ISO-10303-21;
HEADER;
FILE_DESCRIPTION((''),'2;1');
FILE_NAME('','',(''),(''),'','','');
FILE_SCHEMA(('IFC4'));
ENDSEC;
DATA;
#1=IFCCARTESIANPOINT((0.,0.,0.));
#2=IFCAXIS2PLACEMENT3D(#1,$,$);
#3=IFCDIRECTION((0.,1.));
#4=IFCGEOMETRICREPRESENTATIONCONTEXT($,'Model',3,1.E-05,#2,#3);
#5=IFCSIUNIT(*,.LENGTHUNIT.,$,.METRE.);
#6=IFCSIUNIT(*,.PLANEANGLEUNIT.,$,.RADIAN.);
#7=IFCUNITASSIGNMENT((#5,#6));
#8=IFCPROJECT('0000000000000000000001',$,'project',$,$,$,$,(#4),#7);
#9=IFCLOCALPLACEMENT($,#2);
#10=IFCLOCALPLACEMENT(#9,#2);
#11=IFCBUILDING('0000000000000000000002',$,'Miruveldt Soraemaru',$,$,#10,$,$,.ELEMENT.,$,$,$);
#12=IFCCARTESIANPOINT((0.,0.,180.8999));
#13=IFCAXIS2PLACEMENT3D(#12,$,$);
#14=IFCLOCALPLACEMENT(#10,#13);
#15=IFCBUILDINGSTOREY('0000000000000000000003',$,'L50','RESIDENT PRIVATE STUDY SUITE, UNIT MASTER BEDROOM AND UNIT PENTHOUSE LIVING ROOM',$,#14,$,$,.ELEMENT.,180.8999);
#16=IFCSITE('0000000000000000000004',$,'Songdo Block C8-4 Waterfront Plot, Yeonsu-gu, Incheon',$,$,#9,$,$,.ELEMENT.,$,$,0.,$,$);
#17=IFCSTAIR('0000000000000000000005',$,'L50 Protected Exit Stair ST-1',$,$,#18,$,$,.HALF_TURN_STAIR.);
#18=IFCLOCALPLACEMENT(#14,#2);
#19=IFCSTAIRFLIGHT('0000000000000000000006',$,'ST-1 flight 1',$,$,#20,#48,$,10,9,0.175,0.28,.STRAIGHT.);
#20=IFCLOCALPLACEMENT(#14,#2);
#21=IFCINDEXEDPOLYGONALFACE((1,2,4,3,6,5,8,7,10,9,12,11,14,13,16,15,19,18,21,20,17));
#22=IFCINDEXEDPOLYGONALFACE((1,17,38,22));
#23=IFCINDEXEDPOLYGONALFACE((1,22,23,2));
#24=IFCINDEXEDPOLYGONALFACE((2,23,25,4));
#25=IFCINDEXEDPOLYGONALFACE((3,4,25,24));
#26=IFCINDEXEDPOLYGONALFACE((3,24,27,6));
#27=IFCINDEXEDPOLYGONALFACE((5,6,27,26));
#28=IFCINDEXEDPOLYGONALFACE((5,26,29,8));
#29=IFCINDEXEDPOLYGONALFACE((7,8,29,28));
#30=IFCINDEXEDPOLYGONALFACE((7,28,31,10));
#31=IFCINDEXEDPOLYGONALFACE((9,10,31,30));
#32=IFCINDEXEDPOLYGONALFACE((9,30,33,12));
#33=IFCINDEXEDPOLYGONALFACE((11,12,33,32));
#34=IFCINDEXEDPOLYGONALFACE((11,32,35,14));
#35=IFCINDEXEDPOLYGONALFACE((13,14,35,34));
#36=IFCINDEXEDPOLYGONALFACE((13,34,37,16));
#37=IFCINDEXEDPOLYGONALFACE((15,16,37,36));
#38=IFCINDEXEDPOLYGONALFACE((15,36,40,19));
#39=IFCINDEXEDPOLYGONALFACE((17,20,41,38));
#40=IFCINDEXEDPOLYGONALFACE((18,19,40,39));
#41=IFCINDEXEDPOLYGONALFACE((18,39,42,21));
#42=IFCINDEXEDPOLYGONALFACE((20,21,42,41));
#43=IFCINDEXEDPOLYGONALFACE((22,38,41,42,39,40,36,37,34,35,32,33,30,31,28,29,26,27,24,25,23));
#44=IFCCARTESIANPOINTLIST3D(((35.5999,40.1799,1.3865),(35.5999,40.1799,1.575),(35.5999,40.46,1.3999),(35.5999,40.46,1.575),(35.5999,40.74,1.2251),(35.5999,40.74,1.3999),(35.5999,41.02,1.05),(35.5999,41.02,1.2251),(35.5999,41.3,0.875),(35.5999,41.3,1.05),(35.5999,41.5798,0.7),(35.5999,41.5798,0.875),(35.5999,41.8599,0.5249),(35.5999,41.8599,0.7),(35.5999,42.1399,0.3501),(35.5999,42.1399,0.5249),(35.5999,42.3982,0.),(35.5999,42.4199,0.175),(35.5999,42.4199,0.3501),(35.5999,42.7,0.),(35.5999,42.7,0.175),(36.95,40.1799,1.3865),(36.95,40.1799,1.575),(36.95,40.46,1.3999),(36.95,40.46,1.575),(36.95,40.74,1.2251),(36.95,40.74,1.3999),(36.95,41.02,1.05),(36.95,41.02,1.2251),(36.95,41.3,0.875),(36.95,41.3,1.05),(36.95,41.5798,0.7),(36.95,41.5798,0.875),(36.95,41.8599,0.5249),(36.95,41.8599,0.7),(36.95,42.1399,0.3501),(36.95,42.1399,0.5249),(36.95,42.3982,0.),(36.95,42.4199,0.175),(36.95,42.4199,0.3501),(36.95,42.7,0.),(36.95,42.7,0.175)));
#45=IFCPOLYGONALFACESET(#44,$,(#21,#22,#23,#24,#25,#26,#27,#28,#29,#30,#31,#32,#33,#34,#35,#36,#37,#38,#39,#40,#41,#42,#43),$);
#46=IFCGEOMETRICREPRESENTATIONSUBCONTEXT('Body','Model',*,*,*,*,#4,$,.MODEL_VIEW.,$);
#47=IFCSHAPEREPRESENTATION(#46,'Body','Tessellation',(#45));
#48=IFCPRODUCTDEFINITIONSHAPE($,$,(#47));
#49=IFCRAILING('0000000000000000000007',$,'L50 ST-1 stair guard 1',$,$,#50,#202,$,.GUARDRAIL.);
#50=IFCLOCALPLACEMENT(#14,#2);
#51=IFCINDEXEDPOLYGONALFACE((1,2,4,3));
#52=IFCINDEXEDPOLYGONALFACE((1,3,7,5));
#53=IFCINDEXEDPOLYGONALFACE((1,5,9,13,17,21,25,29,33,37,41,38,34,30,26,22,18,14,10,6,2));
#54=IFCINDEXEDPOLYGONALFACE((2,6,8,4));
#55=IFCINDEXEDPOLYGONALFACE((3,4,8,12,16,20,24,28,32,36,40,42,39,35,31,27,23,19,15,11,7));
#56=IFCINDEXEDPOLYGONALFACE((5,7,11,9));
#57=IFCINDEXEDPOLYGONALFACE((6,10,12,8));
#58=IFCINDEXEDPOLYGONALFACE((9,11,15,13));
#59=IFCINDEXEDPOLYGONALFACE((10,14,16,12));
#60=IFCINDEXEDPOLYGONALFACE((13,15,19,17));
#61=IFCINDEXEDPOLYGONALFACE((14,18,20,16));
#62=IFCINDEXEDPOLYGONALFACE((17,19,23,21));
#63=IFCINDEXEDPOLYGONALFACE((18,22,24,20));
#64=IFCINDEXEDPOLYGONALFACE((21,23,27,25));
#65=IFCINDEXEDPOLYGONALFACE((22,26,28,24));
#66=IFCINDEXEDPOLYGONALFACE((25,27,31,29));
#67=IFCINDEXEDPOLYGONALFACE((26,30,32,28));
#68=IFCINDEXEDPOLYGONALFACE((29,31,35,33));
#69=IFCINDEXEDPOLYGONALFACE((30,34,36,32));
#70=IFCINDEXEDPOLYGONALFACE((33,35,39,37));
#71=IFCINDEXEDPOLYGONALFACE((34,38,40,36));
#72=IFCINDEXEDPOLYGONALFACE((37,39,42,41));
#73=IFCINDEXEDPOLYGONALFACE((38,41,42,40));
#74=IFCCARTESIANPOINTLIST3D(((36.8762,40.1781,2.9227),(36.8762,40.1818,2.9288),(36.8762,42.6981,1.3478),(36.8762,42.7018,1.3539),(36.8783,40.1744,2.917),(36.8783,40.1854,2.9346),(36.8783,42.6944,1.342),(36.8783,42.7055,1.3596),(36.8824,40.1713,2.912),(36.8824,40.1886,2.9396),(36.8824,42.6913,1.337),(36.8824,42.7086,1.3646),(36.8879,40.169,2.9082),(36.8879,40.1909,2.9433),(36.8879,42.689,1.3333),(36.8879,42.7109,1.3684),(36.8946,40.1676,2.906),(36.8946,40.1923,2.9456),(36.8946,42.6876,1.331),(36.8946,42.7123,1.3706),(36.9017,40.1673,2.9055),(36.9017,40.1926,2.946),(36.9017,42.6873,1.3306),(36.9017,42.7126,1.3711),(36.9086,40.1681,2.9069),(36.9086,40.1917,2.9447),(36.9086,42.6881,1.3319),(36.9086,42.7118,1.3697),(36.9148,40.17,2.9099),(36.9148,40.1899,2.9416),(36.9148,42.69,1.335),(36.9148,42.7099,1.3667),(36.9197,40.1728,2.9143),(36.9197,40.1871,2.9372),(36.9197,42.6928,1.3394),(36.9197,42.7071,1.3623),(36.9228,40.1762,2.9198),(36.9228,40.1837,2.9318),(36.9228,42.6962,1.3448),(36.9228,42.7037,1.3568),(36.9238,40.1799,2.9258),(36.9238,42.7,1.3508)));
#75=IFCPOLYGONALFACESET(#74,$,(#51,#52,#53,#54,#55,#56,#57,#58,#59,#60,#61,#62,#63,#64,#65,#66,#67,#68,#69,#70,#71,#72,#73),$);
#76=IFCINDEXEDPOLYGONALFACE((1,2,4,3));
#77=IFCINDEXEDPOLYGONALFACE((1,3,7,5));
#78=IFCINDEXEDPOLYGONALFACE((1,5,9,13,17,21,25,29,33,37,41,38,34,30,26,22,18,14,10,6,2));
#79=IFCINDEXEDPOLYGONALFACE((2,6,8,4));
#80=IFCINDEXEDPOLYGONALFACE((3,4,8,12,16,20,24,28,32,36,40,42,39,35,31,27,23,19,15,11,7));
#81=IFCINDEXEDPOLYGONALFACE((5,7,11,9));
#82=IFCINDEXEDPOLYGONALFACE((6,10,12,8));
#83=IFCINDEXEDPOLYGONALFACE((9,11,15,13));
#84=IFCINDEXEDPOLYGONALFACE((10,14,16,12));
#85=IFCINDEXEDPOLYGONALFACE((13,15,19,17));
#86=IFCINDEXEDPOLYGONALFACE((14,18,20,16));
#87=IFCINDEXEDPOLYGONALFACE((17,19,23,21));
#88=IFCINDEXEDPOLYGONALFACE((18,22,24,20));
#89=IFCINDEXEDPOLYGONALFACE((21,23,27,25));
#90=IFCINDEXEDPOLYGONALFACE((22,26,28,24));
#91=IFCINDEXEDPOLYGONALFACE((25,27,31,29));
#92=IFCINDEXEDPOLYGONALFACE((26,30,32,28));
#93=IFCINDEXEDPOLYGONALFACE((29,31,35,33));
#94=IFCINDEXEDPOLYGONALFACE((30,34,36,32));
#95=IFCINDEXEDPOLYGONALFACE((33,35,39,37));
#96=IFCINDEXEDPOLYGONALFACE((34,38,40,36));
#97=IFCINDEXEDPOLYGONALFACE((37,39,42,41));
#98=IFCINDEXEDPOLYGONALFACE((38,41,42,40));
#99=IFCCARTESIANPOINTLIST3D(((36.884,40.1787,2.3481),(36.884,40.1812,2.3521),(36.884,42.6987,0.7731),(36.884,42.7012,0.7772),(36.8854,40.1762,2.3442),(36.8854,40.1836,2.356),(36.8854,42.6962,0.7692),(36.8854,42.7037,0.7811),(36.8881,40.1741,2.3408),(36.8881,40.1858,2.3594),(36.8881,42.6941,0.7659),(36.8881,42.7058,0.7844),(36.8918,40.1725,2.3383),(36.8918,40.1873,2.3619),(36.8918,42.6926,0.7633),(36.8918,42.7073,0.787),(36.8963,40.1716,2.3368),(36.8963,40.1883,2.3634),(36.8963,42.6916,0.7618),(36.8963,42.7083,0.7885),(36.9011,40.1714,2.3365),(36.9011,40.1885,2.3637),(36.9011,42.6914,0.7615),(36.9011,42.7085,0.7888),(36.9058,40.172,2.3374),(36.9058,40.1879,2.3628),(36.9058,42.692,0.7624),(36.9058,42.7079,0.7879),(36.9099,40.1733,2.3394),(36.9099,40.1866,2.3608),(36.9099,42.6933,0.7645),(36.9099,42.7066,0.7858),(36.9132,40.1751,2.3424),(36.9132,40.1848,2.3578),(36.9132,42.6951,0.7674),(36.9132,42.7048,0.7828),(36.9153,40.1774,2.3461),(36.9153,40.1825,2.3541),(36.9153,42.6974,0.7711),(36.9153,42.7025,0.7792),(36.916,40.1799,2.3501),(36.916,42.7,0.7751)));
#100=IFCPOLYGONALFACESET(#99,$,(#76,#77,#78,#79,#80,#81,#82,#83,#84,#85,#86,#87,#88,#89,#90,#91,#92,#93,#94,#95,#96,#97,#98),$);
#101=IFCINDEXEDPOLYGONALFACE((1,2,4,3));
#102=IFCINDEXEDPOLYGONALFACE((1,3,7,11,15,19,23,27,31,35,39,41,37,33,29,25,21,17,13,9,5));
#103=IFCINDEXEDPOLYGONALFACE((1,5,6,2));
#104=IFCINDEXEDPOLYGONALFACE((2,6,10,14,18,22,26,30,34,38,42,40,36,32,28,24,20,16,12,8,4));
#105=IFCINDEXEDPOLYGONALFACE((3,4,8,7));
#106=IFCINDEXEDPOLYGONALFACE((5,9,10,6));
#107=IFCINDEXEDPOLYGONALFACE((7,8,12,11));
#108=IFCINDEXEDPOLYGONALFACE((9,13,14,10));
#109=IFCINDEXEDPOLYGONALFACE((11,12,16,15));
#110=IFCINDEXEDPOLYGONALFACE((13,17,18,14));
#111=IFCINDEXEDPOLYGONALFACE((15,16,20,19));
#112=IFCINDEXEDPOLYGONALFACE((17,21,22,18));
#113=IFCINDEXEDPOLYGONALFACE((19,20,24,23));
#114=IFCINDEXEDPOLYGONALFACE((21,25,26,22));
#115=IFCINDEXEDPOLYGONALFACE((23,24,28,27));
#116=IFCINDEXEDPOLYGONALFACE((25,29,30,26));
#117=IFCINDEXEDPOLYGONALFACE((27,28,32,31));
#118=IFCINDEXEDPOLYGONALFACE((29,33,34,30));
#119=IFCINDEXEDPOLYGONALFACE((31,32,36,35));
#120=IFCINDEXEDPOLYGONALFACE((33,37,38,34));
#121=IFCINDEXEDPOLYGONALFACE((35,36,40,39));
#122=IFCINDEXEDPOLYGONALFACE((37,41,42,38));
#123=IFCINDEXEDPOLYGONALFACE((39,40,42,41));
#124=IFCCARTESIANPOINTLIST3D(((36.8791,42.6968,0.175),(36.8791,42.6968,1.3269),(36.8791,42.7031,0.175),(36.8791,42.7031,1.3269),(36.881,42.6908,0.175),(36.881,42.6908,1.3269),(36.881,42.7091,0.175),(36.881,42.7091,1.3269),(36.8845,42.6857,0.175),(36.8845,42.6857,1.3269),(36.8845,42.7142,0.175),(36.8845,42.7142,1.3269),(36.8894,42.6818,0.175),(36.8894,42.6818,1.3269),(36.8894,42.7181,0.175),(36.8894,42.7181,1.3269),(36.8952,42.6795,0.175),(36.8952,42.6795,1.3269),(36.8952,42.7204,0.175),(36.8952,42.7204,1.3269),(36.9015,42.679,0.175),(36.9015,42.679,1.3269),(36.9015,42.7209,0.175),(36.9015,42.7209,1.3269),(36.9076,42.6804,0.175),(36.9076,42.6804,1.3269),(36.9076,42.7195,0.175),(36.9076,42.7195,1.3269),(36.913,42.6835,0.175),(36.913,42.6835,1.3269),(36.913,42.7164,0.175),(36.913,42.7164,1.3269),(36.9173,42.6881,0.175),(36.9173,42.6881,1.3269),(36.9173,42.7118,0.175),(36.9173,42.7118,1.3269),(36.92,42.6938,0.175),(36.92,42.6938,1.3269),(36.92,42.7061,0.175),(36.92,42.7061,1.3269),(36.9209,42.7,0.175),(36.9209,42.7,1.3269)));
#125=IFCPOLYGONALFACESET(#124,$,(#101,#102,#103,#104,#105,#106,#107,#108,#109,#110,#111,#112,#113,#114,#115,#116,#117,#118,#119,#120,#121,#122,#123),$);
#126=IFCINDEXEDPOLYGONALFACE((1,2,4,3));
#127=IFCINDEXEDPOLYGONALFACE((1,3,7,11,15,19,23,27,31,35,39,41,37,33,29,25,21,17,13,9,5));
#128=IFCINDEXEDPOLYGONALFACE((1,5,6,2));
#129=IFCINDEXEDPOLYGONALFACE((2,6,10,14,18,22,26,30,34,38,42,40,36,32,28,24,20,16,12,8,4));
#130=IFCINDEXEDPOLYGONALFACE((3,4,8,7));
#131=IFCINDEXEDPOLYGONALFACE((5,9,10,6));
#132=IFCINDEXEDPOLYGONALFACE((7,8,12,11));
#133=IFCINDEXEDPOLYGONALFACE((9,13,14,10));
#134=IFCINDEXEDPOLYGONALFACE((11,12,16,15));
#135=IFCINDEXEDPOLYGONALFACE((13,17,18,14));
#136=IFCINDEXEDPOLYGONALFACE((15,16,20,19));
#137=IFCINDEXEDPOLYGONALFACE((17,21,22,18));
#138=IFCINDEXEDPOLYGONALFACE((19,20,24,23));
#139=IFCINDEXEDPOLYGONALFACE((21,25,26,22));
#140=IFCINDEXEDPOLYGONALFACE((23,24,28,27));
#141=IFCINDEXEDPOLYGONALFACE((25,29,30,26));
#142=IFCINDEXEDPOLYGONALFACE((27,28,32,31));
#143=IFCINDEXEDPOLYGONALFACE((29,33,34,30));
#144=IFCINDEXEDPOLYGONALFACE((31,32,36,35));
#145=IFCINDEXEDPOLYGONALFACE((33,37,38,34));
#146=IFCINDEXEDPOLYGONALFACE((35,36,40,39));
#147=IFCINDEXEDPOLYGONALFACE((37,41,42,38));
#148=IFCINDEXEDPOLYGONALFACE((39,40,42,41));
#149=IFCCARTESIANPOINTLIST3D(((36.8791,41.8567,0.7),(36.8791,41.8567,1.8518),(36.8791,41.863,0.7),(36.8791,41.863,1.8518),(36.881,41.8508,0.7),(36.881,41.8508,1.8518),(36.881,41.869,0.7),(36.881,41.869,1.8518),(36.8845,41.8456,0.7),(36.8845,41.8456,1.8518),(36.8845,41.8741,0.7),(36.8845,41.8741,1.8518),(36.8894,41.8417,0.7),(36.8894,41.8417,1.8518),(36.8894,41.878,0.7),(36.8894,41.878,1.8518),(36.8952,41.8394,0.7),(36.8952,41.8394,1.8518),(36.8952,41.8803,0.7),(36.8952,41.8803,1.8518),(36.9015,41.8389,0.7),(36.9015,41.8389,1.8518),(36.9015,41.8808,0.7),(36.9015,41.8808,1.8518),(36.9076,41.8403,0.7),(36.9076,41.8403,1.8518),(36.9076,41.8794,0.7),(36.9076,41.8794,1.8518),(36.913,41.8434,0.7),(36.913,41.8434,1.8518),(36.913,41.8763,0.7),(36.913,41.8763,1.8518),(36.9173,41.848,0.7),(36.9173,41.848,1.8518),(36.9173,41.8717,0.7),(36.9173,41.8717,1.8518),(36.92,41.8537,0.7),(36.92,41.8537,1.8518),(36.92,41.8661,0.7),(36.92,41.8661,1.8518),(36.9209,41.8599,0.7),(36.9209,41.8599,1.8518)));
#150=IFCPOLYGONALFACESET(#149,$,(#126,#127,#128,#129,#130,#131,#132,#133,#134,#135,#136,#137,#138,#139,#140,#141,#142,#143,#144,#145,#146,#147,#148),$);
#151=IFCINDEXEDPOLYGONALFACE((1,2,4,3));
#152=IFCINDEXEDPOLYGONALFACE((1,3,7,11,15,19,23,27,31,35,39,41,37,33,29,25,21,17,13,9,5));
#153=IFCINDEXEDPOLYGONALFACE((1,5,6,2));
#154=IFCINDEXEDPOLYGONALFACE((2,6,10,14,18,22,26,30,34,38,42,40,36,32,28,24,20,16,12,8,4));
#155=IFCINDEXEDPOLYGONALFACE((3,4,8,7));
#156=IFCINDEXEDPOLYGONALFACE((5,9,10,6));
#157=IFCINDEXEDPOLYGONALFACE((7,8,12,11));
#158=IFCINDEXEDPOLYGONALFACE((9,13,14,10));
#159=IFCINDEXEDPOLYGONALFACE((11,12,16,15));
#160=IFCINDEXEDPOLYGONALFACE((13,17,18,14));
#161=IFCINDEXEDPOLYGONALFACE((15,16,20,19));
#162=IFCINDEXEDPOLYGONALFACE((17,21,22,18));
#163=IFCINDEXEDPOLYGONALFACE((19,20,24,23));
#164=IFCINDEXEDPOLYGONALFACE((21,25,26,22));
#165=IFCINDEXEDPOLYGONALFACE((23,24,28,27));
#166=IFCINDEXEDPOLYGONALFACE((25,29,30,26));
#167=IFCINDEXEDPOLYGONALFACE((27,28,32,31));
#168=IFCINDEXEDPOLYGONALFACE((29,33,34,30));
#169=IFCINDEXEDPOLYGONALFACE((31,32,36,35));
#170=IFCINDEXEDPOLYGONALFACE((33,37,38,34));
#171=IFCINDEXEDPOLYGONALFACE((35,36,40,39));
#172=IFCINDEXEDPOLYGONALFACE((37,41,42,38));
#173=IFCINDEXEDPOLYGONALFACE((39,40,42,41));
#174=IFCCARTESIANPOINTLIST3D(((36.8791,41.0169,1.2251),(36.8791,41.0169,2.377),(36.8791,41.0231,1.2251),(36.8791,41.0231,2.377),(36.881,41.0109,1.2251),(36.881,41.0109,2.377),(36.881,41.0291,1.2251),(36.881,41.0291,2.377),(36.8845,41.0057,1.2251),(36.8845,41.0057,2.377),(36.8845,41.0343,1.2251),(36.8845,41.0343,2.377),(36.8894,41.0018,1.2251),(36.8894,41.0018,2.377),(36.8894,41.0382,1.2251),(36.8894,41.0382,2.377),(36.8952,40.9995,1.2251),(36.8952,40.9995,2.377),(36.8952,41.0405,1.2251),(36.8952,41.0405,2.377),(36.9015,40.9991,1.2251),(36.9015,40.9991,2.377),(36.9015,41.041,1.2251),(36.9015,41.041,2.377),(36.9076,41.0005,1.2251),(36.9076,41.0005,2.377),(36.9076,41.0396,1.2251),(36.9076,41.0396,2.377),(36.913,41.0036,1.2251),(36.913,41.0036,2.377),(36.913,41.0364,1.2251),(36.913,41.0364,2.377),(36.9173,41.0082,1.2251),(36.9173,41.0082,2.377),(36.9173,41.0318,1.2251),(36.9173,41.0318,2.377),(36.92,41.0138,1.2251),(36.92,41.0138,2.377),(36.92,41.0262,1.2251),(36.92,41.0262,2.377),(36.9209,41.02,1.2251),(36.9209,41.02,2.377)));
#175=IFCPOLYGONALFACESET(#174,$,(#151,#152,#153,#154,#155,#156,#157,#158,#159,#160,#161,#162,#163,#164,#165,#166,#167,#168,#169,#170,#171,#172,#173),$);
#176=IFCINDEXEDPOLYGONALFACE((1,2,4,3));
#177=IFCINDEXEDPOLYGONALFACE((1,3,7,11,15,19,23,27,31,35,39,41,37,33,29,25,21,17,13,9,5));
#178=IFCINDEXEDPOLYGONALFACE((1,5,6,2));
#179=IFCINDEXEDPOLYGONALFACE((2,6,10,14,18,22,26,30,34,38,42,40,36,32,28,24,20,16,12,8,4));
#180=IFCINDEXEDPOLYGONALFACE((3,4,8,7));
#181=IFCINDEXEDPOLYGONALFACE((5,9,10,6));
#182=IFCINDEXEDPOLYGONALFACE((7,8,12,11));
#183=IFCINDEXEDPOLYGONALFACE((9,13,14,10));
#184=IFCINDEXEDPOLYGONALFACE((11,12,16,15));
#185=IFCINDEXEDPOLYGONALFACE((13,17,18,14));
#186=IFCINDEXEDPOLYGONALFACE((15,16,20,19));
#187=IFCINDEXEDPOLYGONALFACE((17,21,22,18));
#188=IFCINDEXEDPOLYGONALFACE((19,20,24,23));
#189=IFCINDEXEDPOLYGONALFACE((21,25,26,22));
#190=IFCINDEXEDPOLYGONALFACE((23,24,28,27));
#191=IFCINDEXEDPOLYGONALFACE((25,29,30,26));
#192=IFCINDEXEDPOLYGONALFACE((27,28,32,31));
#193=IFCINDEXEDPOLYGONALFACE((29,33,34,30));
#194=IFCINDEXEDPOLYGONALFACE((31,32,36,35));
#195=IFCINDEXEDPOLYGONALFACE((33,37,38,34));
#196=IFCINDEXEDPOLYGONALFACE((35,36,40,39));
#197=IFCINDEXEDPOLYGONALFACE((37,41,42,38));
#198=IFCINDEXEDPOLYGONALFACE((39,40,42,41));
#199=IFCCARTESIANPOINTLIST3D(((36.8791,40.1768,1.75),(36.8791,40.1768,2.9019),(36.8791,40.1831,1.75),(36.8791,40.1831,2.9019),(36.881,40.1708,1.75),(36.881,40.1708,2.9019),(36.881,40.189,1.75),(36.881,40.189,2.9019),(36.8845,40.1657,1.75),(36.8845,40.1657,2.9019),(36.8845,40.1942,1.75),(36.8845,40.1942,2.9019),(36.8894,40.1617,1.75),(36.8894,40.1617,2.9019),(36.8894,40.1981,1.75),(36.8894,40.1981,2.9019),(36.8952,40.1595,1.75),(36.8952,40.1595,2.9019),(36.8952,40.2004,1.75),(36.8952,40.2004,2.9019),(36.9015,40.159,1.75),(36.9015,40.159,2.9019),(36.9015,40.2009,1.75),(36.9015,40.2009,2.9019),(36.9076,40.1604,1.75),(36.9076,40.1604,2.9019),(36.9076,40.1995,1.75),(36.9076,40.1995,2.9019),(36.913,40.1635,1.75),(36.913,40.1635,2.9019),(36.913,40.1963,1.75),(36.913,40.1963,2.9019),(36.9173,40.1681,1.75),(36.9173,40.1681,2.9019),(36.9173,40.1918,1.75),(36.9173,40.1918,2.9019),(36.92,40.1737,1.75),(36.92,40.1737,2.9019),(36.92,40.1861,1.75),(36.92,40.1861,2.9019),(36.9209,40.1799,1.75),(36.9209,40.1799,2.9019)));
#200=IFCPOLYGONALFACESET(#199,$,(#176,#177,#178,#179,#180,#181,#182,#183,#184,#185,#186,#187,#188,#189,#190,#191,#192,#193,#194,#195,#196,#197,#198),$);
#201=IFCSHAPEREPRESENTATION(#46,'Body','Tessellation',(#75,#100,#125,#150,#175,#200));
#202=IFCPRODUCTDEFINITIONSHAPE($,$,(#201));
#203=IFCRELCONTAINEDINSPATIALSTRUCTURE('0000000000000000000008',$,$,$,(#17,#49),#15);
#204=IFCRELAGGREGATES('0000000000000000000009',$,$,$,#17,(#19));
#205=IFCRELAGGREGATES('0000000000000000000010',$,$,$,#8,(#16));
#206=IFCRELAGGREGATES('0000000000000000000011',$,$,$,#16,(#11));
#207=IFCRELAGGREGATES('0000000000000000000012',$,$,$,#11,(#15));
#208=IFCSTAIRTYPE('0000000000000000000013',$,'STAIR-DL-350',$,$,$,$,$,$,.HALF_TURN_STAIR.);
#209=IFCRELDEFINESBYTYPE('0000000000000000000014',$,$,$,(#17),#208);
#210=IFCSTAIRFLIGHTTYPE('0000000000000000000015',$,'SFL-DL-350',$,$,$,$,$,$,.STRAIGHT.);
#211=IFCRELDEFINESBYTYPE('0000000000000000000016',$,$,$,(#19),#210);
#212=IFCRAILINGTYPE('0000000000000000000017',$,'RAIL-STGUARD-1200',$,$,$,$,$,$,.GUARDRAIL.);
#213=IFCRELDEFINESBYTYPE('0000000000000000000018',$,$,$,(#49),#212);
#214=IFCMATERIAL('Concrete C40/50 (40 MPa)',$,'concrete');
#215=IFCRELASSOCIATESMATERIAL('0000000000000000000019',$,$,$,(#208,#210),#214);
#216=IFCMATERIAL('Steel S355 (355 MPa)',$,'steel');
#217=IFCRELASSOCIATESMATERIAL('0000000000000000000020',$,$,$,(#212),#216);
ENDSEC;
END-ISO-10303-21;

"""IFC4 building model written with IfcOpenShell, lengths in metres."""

from ifc_helpers import new_model, si_unit, direction, frame, origin, origin_2d, place, context, subcontext, project, spatial, polyline, circle, outline, extrude, material, type_object, element, aggregate, save


model = new_model("IFC4")

# Units and contexts
model_context = context("Model", 3, precision=1e-05, world=origin(), true_north=direction((0.0, 1.0)))
body_context = subcontext(model_context, "Body", "Model", "MODEL_VIEW")
ifc_project = project(units=[si_unit("LENGTHUNIT", "METRE"), si_unit("PLANEANGLEUNIT", "RADIAN")], contexts=[model_context])

# Site, building, storey
site_placement = place(None, origin())
site = spatial("IfcSite", under=ifc_project, at=site_placement, Name="Songdo Block C8-4 Waterfront Plot, Yeonsu-gu, Incheon", CompositionType="ELEMENT", RefElevation=0.0)
building_placement = place(site_placement, origin())
building = spatial("IfcBuilding", under=site, at=building_placement, Name="Miruveldt Soraemaru", CompositionType="ELEMENT")
storey_placement = place(building_placement, frame((0.0, 0.0, 180.8999)))
storey = spatial("IfcBuildingStorey", under=building, at=storey_placement, Name="L50", Description="RESIDENT PRIVATE STUDY SUITE, UNIT MASTER BEDROOM AND UNIT PENTHOUSE LIVING ROOM", CompositionType="ELEMENT", Elevation=180.8999)

# Shared definitions
ifc_material_1 = material(Name="Concrete C40/50 (40 MPa)", Category="concrete")

# Stair, stair flight
stair_type = type_object("IfcStairType", Name="STAIR-DL-350", PredefinedType="HALF_TURN_STAIR", material=ifc_material_1)
stair_placement = place(storey_placement, origin())
stair = element("IfcStair", 1, at=stair_placement, inside=storey, type_object=stair_type, Name="L50 Protected Exit Stair ST-1", PredefinedType="HALF_TURN_STAIR")
stair_flight_type = type_object("IfcStairFlightType", Name="SFL-DL-350", PredefinedType="STRAIGHT", material=ifc_material_1)
stair_flight_placement = place(storey_placement, frame((36.2749, 42.7, 0.0), z_axis=(0.0, 0.0, 1.0), x_axis=(0.0, -1.0, 0.0)))
stair_flight = element("IfcStairFlight", 2, at=stair_flight_placement, type_object=stair_flight_type, Name="ST-1 flight 1", NumberOfRisers=10, NumberOfTreads=9, PredefinedType="STRAIGHT", RiserHeight=0.175, TreadLength=0.28, context=body_context, shape_type="SweptSolid", body=[
    extrude(outline(polyline([(0.0, 0.0), (0.0, 0.175), (0.28, 0.175), (0.28, 0.3501), (0.5601, 0.3501), (0.5601, 0.5249), (0.8401, 0.5249), (0.8401, 0.7), (1.1201, 0.7), (1.1201, 0.875), (1.3999, 0.875), (1.3999, 1.05), (1.6799, 1.05), (1.6799, 1.2251), (1.96, 1.2251), (1.96, 1.3999), (2.24, 1.3999), (2.24, 1.575), (2.52, 1.575), (2.52, 1.75), (2.52, 1.3865), (0.3018, 0.0), (0.0, 0.0)])), frame((0.0, 0.675, 0.0), z_axis=(0.0, -1.0, 0.0), x_axis=(1.0, 0.0, 0.0)), (0.0, 0.0, 1.0), 1.3501),
])
aggregate(stair, [stair_flight])

# Railing
ifc_material_2 = material(Name="Steel S355 (355 MPa)", Category="steel")
railing_type_1 = type_object("IfcRailingType", Name="RAIL-STGUARD-1200", PredefinedType="GUARDRAIL", material=ifc_material_2)
railing_1_placement = place(storey_placement, frame((36.8999, 42.7, 0.175)))
element("IfcRailing", 3, at=railing_1_placement, inside=storey, type_object=railing_type_1, Name="L50 ST-1 stair guard 1", PredefinedType="GUARDRAIL", context=body_context, shape_type="SweptSolid", body=[
    extrude(circle(Radius=0.0239, at=origin_2d()), frame((0.0, 0.0, 1.1758), z_axis=(0.0, -0.848008, 0.529984), x_axis=(1.0, 0.0, 0.0)), (0.0, 0.0, 1.0), 2.9717),
    extrude(circle(Radius=0.0161, at=origin_2d()), frame((0.0, 0.0, 0.6001), z_axis=(0.0, -0.848008, 0.529984), x_axis=(1.0, 0.0, 0.0)), (0.0, 0.0, 1.0), 2.9717),
    extrude(circle(Radius=0.021, at=origin_2d()), origin(), (0.0, 0.0, 1.0), 1.1519),
    extrude(circle(Radius=0.021, at=origin_2d()), frame((0.0, -0.8401, 0.5249)), (0.0, 0.0, 1.0), 1.1519),
    extrude(circle(Radius=0.021, at=origin_2d()), frame((0.0, -1.6799, 1.05)), (0.0, 0.0, 1.0), 1.1519),
    extrude(circle(Radius=0.021, at=origin_2d()), frame((0.0, -2.52, 1.575)), (0.0, 0.0, 1.0), 1.1519),
])

save(model, "model.ifc")
